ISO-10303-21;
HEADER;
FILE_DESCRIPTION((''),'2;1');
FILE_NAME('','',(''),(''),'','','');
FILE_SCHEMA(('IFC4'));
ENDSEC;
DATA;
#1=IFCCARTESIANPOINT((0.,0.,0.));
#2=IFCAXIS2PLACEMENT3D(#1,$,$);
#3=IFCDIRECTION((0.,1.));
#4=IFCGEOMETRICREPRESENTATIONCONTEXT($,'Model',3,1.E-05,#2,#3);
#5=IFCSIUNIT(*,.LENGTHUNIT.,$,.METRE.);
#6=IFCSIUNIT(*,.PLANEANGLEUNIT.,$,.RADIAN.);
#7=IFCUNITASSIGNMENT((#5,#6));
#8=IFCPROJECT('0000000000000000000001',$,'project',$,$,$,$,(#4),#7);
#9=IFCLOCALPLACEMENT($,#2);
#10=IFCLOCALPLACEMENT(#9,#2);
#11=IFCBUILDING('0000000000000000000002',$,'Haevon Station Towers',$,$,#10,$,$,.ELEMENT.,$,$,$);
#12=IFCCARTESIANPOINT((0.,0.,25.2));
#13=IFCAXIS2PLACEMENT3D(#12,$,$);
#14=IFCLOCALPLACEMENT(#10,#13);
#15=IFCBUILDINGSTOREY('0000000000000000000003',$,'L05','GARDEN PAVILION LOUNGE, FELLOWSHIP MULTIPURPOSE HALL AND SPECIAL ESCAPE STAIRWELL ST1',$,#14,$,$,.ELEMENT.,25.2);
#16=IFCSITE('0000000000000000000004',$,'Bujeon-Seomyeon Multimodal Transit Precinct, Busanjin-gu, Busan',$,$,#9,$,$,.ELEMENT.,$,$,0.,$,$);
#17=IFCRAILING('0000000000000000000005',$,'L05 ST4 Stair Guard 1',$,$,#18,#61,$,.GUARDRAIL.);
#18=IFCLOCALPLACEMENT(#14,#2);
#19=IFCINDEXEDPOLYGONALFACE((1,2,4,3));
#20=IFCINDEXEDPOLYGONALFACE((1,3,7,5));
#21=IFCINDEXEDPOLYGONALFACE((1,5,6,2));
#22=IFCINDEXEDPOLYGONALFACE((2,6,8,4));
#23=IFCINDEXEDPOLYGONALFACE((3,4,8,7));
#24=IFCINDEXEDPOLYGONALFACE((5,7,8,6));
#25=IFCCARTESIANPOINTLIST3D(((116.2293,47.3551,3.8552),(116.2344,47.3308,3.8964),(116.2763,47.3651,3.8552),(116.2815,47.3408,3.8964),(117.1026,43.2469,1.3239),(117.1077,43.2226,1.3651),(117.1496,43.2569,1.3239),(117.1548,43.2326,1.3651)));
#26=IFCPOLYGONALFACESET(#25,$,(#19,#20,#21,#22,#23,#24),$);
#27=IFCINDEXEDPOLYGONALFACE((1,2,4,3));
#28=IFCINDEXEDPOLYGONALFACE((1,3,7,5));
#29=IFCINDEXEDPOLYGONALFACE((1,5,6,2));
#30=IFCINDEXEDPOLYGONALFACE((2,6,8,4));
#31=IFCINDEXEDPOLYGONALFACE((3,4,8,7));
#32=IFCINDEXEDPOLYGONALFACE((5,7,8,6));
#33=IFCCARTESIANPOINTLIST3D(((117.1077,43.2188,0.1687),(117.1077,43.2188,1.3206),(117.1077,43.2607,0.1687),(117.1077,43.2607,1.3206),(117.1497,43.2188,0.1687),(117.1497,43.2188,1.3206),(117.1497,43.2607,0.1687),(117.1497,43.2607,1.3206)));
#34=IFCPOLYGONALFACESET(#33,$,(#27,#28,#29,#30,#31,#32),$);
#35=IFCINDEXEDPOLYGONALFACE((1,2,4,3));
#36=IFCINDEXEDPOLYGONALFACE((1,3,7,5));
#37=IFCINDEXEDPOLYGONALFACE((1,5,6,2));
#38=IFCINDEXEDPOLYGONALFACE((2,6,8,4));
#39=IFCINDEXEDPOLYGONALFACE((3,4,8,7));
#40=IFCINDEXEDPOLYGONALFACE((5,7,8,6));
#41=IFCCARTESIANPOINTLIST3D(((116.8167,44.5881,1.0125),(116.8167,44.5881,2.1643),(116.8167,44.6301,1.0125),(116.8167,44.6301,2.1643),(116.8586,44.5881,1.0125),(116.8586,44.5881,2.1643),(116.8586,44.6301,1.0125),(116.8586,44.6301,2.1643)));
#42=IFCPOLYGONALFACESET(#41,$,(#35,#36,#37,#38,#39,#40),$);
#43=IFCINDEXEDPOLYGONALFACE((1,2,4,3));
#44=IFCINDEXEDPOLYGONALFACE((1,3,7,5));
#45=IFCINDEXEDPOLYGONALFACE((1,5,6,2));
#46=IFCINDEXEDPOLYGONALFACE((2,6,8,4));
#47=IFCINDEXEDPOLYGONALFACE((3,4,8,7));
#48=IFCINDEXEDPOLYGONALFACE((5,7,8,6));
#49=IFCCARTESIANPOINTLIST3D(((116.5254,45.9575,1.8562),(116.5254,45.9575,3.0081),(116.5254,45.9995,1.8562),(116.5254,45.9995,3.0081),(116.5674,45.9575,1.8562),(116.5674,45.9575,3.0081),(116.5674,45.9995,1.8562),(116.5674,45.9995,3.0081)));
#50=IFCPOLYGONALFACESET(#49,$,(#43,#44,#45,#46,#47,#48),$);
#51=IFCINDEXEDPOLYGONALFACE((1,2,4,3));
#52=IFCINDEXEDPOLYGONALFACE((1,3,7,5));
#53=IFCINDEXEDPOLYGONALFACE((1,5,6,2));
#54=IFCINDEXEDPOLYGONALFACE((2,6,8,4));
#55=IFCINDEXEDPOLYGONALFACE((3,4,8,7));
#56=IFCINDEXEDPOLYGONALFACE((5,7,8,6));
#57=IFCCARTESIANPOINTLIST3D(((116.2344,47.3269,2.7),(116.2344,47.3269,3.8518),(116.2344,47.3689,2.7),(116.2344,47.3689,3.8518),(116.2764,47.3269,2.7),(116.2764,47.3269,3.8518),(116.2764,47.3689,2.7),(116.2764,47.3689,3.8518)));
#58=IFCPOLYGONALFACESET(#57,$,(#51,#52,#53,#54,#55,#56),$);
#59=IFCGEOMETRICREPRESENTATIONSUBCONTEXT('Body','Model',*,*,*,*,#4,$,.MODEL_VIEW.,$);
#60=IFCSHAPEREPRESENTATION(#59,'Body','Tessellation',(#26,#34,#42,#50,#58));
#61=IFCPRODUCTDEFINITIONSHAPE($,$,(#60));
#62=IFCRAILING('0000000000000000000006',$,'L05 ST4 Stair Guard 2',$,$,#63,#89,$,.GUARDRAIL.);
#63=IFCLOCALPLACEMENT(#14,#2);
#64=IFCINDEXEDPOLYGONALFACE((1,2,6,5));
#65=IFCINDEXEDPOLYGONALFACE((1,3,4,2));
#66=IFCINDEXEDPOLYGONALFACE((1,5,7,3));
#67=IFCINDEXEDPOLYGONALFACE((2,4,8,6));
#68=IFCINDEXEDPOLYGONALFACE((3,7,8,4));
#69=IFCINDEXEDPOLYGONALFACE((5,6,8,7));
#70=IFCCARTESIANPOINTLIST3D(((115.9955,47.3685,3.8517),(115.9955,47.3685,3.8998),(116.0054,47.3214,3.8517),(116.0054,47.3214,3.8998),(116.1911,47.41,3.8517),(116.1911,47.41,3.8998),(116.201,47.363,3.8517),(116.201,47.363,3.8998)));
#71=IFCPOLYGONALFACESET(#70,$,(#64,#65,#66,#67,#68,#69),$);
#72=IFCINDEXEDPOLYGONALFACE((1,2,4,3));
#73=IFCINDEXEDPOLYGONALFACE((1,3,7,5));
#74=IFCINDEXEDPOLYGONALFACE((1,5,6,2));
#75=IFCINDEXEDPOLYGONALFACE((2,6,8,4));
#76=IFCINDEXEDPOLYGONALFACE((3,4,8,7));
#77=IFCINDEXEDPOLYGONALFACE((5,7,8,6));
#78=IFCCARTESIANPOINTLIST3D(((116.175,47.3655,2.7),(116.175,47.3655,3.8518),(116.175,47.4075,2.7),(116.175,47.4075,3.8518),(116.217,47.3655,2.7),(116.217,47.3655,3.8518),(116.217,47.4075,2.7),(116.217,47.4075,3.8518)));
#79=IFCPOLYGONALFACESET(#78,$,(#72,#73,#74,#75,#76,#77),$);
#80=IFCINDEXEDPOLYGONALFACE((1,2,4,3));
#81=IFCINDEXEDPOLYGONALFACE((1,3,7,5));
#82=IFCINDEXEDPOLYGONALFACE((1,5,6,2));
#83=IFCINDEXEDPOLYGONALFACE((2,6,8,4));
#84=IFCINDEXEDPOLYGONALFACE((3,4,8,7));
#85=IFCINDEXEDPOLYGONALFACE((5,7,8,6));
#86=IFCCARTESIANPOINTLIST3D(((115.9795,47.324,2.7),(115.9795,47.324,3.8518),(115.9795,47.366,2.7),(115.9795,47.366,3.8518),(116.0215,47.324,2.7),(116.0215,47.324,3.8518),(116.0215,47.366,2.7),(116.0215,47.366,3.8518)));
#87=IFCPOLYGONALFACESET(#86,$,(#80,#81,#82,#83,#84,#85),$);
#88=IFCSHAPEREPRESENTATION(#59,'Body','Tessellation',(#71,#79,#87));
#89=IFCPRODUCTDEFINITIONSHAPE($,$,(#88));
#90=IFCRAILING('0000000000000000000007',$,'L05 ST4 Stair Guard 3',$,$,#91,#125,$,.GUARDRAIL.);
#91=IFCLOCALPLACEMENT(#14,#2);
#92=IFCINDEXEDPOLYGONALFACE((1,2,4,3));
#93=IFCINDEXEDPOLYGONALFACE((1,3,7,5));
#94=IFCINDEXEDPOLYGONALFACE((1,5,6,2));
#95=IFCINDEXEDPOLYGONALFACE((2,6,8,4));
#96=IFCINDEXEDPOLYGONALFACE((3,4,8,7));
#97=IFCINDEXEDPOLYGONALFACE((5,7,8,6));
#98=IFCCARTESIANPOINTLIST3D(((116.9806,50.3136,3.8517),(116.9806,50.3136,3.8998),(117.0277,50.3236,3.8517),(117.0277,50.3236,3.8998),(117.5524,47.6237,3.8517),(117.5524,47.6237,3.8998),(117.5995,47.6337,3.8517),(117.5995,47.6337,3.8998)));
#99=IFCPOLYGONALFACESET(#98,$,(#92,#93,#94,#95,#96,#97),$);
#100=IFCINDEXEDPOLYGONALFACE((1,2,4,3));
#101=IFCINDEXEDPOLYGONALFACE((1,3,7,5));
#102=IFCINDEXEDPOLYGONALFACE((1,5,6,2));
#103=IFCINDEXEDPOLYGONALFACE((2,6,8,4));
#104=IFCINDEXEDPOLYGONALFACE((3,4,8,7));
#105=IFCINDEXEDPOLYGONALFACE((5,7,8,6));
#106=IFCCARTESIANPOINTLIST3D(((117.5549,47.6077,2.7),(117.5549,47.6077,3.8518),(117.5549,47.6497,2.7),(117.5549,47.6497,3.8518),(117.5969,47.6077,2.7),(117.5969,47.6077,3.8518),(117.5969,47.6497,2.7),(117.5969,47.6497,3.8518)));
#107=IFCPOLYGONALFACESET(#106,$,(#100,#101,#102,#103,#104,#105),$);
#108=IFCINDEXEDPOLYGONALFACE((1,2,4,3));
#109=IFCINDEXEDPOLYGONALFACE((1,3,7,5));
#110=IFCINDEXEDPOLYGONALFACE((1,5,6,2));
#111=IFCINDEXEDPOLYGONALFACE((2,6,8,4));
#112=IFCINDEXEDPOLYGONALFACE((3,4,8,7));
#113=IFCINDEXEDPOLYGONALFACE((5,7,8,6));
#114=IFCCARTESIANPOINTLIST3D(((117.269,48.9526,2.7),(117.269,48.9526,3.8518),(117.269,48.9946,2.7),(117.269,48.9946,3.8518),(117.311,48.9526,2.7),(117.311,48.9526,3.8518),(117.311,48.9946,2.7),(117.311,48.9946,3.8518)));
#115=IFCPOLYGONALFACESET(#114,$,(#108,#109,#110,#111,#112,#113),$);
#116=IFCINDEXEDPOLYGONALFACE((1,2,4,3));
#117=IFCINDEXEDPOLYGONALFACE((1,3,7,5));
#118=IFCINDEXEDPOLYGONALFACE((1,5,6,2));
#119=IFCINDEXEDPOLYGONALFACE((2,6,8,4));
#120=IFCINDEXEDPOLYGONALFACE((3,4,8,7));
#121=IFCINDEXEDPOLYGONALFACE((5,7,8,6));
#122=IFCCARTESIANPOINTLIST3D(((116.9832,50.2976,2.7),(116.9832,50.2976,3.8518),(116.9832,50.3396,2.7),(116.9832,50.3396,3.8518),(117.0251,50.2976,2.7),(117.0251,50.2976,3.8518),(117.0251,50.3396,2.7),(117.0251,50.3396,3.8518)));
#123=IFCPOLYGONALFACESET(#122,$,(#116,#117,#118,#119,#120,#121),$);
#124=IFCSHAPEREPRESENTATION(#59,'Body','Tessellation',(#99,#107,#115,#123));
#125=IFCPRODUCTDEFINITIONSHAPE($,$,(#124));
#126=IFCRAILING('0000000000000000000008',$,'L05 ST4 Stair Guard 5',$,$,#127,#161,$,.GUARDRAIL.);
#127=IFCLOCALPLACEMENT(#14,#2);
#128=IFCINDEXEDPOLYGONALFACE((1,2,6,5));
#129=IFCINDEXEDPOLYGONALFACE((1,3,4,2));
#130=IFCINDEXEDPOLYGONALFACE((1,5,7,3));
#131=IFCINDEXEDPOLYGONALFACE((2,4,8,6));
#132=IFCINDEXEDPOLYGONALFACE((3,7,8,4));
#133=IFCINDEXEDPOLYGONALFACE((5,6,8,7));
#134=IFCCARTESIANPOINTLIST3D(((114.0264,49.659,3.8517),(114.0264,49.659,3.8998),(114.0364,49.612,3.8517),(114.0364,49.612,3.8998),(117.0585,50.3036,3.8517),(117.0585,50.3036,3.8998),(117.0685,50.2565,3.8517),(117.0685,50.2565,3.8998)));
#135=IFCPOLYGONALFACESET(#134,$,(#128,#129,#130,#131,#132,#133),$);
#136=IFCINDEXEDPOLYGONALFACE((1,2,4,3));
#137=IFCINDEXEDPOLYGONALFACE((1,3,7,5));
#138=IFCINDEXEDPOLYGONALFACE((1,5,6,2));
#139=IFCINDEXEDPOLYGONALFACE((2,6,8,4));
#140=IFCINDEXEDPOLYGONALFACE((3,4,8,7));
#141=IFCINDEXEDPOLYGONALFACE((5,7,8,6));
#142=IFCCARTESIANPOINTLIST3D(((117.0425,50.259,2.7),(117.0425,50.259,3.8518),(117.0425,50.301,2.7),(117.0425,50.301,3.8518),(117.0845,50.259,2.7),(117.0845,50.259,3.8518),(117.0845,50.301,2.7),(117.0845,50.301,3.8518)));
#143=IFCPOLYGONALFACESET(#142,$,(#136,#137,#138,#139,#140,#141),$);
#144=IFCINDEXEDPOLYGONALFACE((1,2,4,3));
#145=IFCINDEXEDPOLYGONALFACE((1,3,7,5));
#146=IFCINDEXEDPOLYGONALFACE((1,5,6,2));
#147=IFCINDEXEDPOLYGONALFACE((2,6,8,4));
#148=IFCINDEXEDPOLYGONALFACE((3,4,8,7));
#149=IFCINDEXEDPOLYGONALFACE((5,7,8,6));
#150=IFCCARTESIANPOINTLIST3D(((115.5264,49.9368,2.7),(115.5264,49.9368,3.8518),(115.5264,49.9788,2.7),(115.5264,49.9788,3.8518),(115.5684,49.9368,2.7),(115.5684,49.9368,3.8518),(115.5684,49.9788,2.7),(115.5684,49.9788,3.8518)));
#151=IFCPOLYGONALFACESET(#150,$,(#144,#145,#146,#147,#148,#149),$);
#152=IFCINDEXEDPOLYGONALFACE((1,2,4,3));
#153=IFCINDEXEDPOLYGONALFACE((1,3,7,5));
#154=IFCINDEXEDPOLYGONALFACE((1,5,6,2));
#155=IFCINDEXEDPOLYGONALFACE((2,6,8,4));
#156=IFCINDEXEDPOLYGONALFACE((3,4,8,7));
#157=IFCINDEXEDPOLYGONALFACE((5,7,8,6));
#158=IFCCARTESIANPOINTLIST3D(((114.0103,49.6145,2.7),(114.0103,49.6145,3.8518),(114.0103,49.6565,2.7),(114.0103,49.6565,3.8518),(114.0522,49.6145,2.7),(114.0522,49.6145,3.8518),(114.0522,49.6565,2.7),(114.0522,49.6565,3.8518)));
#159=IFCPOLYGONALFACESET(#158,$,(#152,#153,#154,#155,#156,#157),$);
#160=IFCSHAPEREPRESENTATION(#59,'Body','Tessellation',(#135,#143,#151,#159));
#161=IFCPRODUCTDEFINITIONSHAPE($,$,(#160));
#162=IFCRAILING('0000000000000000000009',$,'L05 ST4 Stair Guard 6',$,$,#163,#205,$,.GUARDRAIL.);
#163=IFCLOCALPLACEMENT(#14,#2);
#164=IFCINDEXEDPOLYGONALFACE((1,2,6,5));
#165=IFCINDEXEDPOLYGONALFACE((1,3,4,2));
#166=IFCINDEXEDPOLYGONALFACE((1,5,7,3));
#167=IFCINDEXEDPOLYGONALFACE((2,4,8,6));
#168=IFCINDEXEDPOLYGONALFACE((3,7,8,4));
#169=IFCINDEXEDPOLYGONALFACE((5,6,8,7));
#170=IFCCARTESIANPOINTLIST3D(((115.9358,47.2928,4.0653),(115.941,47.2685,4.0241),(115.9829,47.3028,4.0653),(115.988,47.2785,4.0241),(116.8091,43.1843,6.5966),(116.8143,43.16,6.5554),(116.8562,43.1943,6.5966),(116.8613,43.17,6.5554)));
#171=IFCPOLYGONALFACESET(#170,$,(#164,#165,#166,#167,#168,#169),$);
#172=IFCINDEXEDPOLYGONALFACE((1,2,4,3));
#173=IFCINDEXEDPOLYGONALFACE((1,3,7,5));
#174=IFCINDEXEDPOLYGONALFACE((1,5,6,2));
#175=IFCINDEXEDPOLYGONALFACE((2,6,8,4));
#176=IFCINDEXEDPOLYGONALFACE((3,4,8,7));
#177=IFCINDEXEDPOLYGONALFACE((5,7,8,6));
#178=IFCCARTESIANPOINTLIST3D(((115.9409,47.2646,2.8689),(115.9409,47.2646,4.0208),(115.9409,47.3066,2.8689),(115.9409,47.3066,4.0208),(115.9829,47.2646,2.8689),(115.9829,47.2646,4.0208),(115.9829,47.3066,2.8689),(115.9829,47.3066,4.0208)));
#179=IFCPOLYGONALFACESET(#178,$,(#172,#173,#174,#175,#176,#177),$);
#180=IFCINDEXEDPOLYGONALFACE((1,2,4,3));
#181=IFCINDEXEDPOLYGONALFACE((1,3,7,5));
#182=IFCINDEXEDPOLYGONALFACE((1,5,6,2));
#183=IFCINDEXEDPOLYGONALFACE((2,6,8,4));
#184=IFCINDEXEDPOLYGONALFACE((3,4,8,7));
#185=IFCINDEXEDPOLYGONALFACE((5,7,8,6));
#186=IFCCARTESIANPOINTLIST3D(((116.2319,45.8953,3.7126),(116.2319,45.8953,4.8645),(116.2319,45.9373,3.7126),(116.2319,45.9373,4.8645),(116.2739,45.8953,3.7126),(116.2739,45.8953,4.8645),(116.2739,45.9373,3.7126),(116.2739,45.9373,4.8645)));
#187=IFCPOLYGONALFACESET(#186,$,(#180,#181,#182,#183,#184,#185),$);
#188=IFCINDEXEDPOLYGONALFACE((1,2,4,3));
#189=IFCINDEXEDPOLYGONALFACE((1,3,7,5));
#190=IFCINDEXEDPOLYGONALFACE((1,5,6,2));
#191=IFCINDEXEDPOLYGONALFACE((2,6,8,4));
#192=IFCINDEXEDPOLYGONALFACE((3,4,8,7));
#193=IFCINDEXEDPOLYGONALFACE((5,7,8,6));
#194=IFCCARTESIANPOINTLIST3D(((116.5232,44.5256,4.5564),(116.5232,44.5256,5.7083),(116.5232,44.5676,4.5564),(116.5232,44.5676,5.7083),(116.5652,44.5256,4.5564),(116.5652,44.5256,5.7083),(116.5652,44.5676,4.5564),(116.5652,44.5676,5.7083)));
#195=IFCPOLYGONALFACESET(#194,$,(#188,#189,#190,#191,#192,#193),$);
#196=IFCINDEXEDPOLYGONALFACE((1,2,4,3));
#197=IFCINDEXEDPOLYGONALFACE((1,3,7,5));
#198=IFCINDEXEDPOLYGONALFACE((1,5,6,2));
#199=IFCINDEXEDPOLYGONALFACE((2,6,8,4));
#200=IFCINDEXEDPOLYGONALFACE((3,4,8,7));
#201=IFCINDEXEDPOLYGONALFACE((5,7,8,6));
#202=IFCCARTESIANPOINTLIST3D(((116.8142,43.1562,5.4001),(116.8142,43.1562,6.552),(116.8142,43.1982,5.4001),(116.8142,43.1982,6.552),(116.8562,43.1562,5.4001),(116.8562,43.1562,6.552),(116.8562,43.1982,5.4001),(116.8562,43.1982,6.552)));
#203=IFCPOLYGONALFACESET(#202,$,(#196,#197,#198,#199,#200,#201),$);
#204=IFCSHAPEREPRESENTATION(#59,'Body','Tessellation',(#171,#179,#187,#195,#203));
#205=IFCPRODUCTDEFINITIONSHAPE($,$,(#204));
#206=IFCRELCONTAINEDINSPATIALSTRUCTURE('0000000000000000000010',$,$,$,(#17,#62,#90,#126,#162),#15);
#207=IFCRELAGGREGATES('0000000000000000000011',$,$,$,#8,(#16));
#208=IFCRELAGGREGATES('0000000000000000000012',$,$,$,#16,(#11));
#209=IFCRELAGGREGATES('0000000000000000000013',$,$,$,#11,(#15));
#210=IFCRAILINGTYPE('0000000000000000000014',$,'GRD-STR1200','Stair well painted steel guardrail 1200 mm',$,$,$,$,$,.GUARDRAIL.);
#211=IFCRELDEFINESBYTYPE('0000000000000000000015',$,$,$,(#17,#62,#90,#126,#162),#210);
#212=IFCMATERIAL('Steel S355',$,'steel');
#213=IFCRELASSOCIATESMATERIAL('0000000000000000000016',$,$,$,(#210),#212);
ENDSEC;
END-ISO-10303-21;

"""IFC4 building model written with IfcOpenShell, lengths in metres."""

from ifc_helpers import new_model, si_unit, direction, frame, origin, origin_2d, place, context, subcontext, project, spatial, rectangle, extrude, material, type_object, element, save


model = new_model("IFC4")

# Units and contexts
model_context = context("Model", 3, precision=1e-05, world=origin(), true_north=direction((0.0, 1.0)))
body_context = subcontext(model_context, "Body", "Model", "MODEL_VIEW")
ifc_project = project(units=[si_unit("LENGTHUNIT", "METRE"), si_unit("PLANEANGLEUNIT", "RADIAN")], contexts=[model_context])

# Site, building, storey
site_placement = place(None, origin())
site = spatial("IfcSite", under=ifc_project, at=site_placement, Name="Bujeon-Seomyeon Multimodal Transit Precinct, Busanjin-gu, Busan", CompositionType="ELEMENT", RefElevation=0.0)
building_placement = place(site_placement, origin())
building = spatial("IfcBuilding", under=site, at=building_placement, Name="Haevon Station Towers", CompositionType="ELEMENT")
storey_placement = place(building_placement, frame((0.0, 0.0, 25.2)))
storey = spatial("IfcBuildingStorey", under=building, at=storey_placement, Name="L05", Description="GARDEN PAVILION LOUNGE, FELLOWSHIP MULTIPURPOSE HALL AND SPECIAL ESCAPE STAIRWELL ST1", CompositionType="ELEMENT", Elevation=25.2)

# Shared definitions
ifc_material_1 = material(Name="Steel S355", Category="steel")

# Railings
railing_type_1 = type_object("IfcRailingType", Name="GRD-STR1200", Description="Stair well painted steel guardrail 1200 mm", PredefinedType="GUARDRAIL", material=ifc_material_1)
railing_1_placement = place(storey_placement, frame((117.1287, 43.2397, 0.1687)))
element("IfcRailing", 1, at=railing_1_placement, inside=storey, type_object=railing_type_1, Name="L05 ST4 Stair Guard 1", PredefinedType="GUARDRAIL", context=body_context, shape_type="SweptSolid", body=[
    extrude(rectangle(XDim=0.0481, YDim=0.0481, at=origin_2d()), frame((0.0, 0.0, 1.1758), z_axis=(-0.178086, 0.837757, 0.516186), x_axis=(-0.978144, -0.207929, 0.0)), (0.0, 0.0, 1.0), 4.9038),
    extrude(rectangle(XDim=0.042, YDim=0.042, at=origin_2d()), origin(), (0.0, 0.0, 1.0), 1.1519),
    extrude(rectangle(XDim=0.042, YDim=0.042, at=origin_2d()), frame((-0.291, 1.3694, 0.8438)), (0.0, 0.0, 1.0), 1.1519),
    extrude(rectangle(XDim=0.042, YDim=0.042, at=origin_2d()), frame((-0.5823, 2.7388, 1.6875)), (0.0, 0.0, 1.0), 1.1519),
    extrude(rectangle(XDim=0.042, YDim=0.042, at=origin_2d()), frame((-0.8733, 4.1082, 2.5312)), (0.0, 0.0, 1.0), 1.1519),
])
railing_2_placement = place(storey_placement, frame((116.196, 47.3865, 2.7)))
element("IfcRailing", 2, at=railing_2_placement, inside=storey, type_object=railing_type_1, Name="L05 ST4 Stair Guard 2", PredefinedType="GUARDRAIL", context=body_context, shape_type="SweptSolid", body=[
    extrude(rectangle(XDim=0.0481, YDim=0.0481, at=origin_2d()), frame((0.0, 0.0, 1.1758), z_axis=(-0.978212, -0.20761, 0.0), x_axis=(0.20761, -0.978212, 0.0)), (0.0, 0.0, 1.0), 0.2),
    extrude(rectangle(XDim=0.042, YDim=0.042, at=origin_2d()), origin(), (0.0, 0.0, 1.0), 1.1519),
    extrude(rectangle(XDim=0.042, YDim=0.042, at=origin_2d()), frame((-0.1956, -0.0415, 0.0)), (0.0, 0.0, 1.0), 1.1519),
])
railing_3_placement = place(storey_placement, frame((117.5759, 47.6287, 2.7)))
element("IfcRailing", 3, at=railing_3_placement, inside=storey, type_object=railing_type_1, Name="L05 ST4 Stair Guard 3", PredefinedType="GUARDRAIL", context=body_context, shape_type="SweptSolid", body=[
    extrude(rectangle(XDim=0.0481, YDim=0.0481, at=origin_2d()), frame((0.0, 0.0, 1.1758), z_axis=(-0.207916, 0.978147, 0.0), x_axis=(-0.978147, -0.207916, 0.0)), (0.0, 0.0, 1.0), 2.75),
    extrude(rectangle(XDim=0.042, YDim=0.042, at=origin_2d()), origin(), (0.0, 0.0, 1.0), 1.1519),
    extrude(rectangle(XDim=0.042, YDim=0.042, at=origin_2d()), frame((-0.2859, 1.345, 0.0)), (0.0, 0.0, 1.0), 1.1519),
    extrude(rectangle(XDim=0.042, YDim=0.042, at=origin_2d()), frame((-0.5718, 2.6899, 0.0)), (0.0, 0.0, 1.0), 1.1519),
])
railing_4_placement = place(storey_placement, frame((117.0635, 50.28, 2.7)))
element("IfcRailing", 4, at=railing_4_placement, inside=storey, type_object=railing_type_1, Name="L05 ST4 Stair Guard 5", PredefinedType="GUARDRAIL", context=body_context, shape_type="SweptSolid", body=[
    extrude(rectangle(XDim=0.0481, YDim=0.0481, at=origin_2d()), frame((0.0, 0.0, 1.1758), z_axis=(-0.978147, -0.207915, 0.0), x_axis=(0.207915, -0.978147, 0.0)), (0.0, 0.0, 1.0), 3.0999),
    extrude(rectangle(XDim=0.042, YDim=0.042, at=origin_2d()), origin(), (0.0, 0.0, 1.0), 1.1519),
    extrude(rectangle(XDim=0.042, YDim=0.042, at=origin_2d()), frame((-1.5161, -0.3223, 0.0)), (0.0, 0.0, 1.0), 1.1519),
    extrude(rectangle(XDim=0.042, YDim=0.042, at=origin_2d()), frame((-3.0322, -0.6445, 0.0)), (0.0, 0.0, 1.0), 1.1519),
])
railing_5_placement = place(storey_placement, frame((115.9619, 47.2856, 2.8689)))
element("IfcRailing", 5, at=railing_5_placement, inside=storey, type_object=railing_type_1, Name="L05 ST4 Stair Guard 6", PredefinedType="GUARDRAIL", context=body_context, shape_type="SweptSolid", body=[
    extrude(rectangle(XDim=0.0481, YDim=0.0481, at=origin_2d()), frame((0.0, 0.0, 1.1758), z_axis=(0.178079, -0.837772, 0.516165), x_axis=(0.978146, 0.207917, 0.0)), (0.0, 0.0, 1.0), 4.9041),
    extrude(rectangle(XDim=0.042, YDim=0.042, at=origin_2d()), origin(), (0.0, 0.0, 1.0), 1.1519),
    extrude(rectangle(XDim=0.042, YDim=0.042, at=origin_2d()), frame((0.291, -1.3694, 0.8438)), (0.0, 0.0, 1.0), 1.1519),
    extrude(rectangle(XDim=0.042, YDim=0.042, at=origin_2d()), frame((0.5823, -2.739, 1.6875)), (0.0, 0.0, 1.0), 1.1519),
    extrude(rectangle(XDim=0.042, YDim=0.042, at=origin_2d()), frame((0.8733, -4.1084, 2.5312)), (0.0, 0.0, 1.0), 1.1519),
])

save(model, "model.ifc")
